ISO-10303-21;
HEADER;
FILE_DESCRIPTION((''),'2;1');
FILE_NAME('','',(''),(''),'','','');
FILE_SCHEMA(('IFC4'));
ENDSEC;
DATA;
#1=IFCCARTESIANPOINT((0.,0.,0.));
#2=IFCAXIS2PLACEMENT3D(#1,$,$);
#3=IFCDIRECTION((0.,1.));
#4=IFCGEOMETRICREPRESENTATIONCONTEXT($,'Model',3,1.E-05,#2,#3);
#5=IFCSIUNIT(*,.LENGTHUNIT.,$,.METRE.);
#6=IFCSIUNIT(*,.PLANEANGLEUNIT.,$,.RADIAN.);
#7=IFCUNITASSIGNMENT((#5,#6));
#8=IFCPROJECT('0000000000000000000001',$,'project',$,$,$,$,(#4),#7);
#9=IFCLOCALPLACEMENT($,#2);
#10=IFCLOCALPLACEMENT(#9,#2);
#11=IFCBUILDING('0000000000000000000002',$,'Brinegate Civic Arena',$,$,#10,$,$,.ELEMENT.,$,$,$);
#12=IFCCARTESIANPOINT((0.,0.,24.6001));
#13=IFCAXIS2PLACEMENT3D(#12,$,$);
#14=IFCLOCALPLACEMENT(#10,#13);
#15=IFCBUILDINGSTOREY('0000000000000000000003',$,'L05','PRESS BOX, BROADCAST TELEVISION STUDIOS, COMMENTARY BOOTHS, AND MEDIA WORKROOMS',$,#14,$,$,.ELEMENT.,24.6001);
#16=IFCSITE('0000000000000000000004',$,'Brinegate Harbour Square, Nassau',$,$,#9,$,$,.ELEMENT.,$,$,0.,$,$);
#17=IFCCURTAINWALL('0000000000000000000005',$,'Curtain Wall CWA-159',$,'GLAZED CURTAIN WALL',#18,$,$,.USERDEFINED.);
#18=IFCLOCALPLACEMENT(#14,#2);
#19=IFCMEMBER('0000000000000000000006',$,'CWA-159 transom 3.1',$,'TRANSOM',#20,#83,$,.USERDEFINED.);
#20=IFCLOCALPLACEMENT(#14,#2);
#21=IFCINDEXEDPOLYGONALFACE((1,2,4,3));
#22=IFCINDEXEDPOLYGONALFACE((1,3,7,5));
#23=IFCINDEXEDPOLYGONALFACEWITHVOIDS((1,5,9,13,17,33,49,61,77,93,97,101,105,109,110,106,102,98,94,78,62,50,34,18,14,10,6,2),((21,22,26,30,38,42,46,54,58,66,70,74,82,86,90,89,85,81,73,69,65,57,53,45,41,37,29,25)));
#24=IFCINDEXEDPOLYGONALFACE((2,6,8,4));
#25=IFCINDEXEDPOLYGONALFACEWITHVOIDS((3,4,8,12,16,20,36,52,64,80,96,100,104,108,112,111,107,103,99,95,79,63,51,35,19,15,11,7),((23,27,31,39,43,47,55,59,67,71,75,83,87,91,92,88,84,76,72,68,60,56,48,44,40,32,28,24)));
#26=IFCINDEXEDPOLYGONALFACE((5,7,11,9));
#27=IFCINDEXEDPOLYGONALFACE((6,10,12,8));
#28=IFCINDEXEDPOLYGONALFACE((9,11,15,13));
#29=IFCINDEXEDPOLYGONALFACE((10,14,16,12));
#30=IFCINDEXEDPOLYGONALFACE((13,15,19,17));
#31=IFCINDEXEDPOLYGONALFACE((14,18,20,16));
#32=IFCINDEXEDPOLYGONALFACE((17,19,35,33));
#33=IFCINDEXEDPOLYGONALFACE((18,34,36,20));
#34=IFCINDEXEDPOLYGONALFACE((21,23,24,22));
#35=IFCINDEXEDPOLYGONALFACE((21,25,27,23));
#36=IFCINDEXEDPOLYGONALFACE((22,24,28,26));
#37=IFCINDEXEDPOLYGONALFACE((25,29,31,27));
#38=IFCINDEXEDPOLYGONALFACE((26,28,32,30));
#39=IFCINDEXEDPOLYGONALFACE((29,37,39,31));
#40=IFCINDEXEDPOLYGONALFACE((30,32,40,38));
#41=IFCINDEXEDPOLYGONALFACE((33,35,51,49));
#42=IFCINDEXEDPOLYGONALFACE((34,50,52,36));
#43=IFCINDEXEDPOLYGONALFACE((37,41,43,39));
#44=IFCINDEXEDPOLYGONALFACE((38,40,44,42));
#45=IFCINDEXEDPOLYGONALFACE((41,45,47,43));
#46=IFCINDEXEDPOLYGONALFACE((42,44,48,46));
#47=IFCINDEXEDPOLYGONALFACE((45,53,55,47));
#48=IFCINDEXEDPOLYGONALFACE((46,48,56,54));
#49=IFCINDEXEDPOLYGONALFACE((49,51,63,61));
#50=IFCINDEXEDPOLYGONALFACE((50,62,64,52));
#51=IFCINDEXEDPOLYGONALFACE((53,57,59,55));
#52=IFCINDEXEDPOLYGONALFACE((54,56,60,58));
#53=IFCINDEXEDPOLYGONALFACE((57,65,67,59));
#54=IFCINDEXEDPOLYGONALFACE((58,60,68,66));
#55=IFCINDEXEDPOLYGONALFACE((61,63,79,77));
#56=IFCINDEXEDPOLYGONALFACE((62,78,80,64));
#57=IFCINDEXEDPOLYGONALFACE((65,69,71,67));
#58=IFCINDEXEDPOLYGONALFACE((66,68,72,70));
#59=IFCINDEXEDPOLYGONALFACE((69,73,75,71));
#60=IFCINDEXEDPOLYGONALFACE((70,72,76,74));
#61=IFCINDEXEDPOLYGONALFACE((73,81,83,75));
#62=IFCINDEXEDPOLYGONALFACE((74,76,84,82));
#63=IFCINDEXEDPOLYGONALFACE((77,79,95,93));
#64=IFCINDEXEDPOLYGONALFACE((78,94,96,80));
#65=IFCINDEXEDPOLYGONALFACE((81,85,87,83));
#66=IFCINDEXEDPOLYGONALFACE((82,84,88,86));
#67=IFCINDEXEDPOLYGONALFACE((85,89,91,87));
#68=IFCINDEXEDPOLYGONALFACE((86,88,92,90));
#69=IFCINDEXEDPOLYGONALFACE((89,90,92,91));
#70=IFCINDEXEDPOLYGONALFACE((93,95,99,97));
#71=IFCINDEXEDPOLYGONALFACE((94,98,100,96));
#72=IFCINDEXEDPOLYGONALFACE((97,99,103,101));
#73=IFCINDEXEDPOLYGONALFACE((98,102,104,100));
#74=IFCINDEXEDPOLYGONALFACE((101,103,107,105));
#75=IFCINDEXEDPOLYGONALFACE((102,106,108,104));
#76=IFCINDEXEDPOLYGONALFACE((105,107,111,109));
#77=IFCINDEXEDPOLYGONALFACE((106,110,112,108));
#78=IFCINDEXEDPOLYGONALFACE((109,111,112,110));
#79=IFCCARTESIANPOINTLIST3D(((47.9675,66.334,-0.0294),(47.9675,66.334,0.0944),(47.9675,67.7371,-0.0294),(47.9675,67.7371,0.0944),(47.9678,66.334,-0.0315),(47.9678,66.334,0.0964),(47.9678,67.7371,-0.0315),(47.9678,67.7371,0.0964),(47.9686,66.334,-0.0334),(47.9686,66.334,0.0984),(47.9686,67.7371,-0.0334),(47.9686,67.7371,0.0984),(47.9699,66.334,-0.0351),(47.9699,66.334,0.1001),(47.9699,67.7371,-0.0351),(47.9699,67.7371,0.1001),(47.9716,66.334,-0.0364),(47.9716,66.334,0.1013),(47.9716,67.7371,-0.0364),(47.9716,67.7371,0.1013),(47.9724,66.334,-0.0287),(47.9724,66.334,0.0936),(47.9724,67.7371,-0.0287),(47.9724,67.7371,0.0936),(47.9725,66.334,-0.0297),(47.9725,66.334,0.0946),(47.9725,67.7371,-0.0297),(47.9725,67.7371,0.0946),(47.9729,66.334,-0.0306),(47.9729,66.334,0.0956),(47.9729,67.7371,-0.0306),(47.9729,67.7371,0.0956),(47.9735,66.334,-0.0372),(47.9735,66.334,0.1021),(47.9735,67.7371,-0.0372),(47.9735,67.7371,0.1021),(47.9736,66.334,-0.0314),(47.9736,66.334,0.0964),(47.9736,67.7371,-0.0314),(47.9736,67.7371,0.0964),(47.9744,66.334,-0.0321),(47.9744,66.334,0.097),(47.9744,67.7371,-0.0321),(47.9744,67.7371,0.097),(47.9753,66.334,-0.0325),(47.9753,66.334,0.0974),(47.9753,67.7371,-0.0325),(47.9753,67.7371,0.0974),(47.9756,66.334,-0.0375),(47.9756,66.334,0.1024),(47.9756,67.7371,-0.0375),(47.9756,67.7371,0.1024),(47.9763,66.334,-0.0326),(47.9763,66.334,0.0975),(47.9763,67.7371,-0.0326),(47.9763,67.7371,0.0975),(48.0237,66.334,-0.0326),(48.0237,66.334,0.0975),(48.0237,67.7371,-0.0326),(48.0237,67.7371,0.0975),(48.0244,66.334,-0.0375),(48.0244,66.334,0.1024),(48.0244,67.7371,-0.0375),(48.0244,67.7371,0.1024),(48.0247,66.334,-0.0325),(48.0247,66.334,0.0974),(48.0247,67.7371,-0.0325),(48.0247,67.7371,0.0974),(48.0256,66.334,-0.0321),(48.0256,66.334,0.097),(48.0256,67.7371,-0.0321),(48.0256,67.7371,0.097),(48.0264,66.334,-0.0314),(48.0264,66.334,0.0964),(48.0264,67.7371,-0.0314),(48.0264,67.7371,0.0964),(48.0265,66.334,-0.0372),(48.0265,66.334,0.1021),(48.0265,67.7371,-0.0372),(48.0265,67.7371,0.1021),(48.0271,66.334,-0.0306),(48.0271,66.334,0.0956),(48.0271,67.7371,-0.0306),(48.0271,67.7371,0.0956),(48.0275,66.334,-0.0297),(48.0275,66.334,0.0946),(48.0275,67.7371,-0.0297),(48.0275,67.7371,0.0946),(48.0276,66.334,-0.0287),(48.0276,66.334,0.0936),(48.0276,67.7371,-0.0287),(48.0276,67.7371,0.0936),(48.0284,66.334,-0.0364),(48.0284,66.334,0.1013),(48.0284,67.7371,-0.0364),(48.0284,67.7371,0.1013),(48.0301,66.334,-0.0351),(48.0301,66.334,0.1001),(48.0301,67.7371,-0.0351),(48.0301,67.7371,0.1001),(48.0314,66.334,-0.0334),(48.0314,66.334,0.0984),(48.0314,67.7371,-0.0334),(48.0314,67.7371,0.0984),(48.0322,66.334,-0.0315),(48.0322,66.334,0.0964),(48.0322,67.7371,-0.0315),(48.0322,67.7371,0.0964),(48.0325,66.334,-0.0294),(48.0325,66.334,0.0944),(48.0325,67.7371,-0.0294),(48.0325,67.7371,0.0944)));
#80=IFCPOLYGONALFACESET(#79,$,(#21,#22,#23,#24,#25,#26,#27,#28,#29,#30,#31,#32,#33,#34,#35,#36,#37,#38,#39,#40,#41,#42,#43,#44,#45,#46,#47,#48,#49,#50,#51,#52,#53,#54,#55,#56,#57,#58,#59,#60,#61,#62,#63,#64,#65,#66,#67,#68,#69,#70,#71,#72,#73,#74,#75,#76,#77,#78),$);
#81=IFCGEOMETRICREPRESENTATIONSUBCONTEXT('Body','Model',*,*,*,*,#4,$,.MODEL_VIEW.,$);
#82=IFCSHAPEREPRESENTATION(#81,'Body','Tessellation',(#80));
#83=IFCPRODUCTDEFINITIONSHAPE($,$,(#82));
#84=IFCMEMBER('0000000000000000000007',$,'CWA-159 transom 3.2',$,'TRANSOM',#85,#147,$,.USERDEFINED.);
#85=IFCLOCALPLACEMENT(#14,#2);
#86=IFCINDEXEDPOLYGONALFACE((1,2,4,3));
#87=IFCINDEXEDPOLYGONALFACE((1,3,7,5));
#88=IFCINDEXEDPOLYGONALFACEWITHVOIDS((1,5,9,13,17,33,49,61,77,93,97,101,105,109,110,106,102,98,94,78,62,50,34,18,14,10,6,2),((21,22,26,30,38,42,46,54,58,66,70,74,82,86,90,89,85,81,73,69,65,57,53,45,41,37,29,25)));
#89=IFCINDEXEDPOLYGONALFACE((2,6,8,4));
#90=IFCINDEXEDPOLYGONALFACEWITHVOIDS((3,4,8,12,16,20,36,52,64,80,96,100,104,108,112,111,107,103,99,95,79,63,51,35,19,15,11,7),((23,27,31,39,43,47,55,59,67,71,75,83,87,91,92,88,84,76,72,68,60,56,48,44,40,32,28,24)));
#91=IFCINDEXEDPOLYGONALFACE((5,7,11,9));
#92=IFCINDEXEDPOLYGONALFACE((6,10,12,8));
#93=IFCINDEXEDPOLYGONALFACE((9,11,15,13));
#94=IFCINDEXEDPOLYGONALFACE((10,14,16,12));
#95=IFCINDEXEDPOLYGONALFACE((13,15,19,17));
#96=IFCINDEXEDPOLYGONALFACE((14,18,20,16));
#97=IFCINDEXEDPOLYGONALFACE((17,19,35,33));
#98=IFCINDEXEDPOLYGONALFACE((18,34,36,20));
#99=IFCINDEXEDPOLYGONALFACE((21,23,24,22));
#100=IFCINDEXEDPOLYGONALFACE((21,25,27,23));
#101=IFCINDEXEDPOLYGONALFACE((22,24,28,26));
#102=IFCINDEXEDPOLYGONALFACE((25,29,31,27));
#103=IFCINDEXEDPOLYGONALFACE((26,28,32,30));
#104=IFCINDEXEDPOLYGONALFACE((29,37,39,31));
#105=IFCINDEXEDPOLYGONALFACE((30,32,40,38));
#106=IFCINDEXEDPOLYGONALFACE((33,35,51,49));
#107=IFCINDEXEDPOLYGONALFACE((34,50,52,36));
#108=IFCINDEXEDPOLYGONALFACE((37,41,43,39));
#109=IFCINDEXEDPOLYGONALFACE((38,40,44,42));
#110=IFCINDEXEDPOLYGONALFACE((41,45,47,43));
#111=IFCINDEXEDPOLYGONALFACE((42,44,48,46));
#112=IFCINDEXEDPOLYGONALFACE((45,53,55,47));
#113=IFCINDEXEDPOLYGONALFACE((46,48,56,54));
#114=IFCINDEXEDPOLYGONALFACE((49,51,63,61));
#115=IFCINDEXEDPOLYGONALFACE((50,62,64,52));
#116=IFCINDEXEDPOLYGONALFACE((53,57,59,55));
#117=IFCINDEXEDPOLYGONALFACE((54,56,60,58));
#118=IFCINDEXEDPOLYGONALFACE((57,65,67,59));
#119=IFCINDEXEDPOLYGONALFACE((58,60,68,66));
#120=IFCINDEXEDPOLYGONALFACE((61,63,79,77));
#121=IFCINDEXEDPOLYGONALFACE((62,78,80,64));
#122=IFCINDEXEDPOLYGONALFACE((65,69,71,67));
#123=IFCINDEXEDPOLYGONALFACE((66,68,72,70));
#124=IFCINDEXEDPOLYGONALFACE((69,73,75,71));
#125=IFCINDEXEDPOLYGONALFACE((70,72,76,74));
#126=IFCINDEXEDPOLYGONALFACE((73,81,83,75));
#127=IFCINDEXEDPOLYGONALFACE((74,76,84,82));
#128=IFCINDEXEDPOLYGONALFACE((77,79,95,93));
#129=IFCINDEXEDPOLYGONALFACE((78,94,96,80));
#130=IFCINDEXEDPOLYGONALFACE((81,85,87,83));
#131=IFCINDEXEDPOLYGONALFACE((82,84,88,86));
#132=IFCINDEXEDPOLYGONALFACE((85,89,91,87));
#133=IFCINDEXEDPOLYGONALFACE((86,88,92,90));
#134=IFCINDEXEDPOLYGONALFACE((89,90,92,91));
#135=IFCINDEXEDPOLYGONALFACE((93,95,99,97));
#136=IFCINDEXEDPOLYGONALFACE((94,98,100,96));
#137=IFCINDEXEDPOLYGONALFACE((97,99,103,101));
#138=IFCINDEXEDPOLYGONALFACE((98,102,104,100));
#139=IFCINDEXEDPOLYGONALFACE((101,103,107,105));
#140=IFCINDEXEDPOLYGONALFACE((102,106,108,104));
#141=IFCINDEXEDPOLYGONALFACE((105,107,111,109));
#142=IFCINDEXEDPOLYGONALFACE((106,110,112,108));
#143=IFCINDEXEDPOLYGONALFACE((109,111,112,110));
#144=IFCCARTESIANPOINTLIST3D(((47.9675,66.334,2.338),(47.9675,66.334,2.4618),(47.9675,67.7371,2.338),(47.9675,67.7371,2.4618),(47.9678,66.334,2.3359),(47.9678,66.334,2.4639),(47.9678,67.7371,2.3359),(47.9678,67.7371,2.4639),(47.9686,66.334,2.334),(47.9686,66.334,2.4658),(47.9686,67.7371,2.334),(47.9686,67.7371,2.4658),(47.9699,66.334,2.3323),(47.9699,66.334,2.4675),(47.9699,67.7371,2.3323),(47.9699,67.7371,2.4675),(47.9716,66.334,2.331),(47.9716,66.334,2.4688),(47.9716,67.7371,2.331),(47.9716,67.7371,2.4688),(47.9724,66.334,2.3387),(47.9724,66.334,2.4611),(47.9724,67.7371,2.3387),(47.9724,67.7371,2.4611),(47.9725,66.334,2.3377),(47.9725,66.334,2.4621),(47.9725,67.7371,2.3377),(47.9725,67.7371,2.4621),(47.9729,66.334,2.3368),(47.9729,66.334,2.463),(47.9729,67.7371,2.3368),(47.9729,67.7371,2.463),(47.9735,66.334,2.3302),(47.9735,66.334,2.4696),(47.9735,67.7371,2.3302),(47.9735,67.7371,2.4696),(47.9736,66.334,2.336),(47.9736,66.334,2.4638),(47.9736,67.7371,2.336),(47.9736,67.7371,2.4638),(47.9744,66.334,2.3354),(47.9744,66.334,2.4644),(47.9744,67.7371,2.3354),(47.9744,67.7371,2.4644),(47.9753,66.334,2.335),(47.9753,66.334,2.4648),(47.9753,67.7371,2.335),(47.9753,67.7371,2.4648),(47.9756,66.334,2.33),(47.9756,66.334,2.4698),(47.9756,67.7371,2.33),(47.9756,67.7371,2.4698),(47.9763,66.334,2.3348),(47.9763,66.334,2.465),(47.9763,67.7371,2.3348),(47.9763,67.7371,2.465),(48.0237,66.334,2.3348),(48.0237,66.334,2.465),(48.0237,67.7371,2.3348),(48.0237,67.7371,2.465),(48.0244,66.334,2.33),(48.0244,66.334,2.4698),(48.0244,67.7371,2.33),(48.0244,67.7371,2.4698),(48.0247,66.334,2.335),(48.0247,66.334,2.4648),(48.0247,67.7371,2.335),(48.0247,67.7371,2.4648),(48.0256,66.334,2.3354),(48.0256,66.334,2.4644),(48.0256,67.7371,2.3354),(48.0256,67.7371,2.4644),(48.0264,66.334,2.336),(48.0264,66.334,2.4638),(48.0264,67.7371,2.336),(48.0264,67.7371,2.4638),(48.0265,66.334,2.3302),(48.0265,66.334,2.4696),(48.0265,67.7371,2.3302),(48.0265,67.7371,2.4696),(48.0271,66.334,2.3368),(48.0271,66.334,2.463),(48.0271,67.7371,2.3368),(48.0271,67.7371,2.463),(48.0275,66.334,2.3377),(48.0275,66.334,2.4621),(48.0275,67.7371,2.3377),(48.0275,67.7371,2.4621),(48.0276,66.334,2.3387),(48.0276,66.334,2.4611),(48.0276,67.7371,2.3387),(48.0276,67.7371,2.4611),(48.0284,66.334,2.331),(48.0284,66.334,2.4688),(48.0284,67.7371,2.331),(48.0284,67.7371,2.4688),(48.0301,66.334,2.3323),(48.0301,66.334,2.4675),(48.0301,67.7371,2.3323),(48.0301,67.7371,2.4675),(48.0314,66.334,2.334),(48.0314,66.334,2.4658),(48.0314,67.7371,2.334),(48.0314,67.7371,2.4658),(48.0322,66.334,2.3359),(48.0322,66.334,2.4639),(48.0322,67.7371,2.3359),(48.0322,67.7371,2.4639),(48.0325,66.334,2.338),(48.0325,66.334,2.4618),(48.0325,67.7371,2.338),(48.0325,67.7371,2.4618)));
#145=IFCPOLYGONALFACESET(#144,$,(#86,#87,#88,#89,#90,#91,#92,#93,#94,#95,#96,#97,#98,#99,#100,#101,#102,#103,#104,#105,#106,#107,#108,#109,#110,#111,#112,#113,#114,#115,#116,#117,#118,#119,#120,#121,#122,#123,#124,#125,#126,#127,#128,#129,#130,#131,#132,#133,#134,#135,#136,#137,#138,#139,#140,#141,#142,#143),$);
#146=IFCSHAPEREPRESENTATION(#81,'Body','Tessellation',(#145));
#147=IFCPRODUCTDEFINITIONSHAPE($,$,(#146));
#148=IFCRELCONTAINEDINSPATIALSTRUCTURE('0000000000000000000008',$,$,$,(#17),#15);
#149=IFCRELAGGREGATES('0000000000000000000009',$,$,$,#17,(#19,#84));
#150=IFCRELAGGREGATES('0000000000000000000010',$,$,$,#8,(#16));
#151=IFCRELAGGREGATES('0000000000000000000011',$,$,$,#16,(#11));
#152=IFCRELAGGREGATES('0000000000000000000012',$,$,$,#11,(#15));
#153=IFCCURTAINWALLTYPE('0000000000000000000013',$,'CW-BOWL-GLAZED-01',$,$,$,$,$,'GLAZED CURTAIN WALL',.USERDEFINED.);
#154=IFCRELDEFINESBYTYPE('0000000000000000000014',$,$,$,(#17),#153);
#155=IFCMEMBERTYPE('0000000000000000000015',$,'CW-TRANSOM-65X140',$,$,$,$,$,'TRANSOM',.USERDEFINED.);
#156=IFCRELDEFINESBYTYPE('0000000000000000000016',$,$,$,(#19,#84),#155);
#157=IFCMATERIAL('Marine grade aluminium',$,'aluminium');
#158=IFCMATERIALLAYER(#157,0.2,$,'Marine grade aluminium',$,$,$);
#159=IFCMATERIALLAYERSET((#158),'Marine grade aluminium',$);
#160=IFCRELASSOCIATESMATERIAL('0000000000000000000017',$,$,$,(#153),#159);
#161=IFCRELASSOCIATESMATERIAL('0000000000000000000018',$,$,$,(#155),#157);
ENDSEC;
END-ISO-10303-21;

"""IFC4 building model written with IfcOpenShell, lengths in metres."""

from ifc_helpers import new_model, si_unit, direction, frame, origin, origin_2d, place, context, subcontext, project, spatial, hollow_rectangle, extrude, material, layer, layer_set, material_profile, profile_set, type_object, element, aggregate, save


model = new_model("IFC4")

# Units and contexts
model_context = context("Model", 3, precision=1e-05, world=origin(), true_north=direction((0.0, 1.0)))
body_context = subcontext(model_context, "Body", "Model", "MODEL_VIEW")
ifc_project = project(units=[si_unit("LENGTHUNIT", "METRE"), si_unit("PLANEANGLEUNIT", "RADIAN")], contexts=[model_context])

# Site, building, storey
site_placement = place(None, origin())
site = spatial("IfcSite", under=ifc_project, at=site_placement, Name="Brinegate Harbour Square, Nassau", CompositionType="ELEMENT", RefElevation=0.0)
building_placement = place(site_placement, origin())
building = spatial("IfcBuilding", under=site, at=building_placement, Name="Brinegate Civic Arena", CompositionType="ELEMENT")
storey_placement = place(building_placement, frame((0.0, 0.0, 24.6001)))
storey = spatial("IfcBuildingStorey", under=building, at=storey_placement, Name="L05", Description="PRESS BOX, BROADCAST TELEVISION STUDIOS, COMMENTARY BOOTHS, AND MEDIA WORKROOMS", CompositionType="ELEMENT", Elevation=24.6001)

# Shared definitions
ifc_material_1 = material(Name="Marine grade aluminium", Category="aluminium")
ifc_layer_1 = layer(ifc_material_1, 0.2, Name="Marine grade aluminium")
ifc_layer_set_1 = layer_set([ifc_layer_1], Name="Marine grade aluminium")
curtain_wall_type = type_object("IfcCurtainWallType", Name="CW-BOWL-GLAZED-01", ElementType="GLAZED CURTAIN WALL", PredefinedType="USERDEFINED", material=ifc_layer_set_1)

# Curtain wall, members
curtain_wall_1_placement = place(storey_placement, origin())
curtain_wall_1 = element("IfcCurtainWall", 1, at=curtain_wall_1_placement, inside=storey, type_object=curtain_wall_type, Name="Curtain Wall CWA-159", ObjectType="GLAZED CURTAIN WALL", PredefinedType="USERDEFINED")
ifc_material_profile_1 = material_profile(ifc_material_1, hollow_rectangle(XDim=0.0649, YDim=0.1399, WallThickness=0.0049, InnerFilletRadius=0.0039, OuterFilletRadius=0.0081, at=origin_2d()), Name="TRN65X140")
ifc_profile_set_1 = profile_set([ifc_material_profile_1], Name="Marine grade aluminium")
member_type_1 = type_object("IfcMemberType", Name="CW-TRANSOM-65X140", ElementType="TRANSOM", PredefinedType="USERDEFINED", material=ifc_profile_set_1)
member_1_placement = place(storey_placement, frame((48.0, 66.334, 0.0325), z_axis=(0.0, 1.0, 0.0), x_axis=(-1.0, 0.0, 0.0)))
member_1 = element("IfcMember", 2, at=member_1_placement, type_object=member_type_1, Name="CWA-159 transom 3.1", ObjectType="TRANSOM", PredefinedType="USERDEFINED", context=body_context, shape_type="SweptSolid", body=[
    extrude(hollow_rectangle(XDim=0.0649, YDim=0.1399, WallThickness=0.0049, InnerFilletRadius=0.0039, OuterFilletRadius=0.0081, at=origin_2d()), origin(), (0.0, 0.0, 1.0), 1.4031),
])
member_2_placement = place(storey_placement, frame((48.0, 66.334, 2.3999), z_axis=(0.0, 1.0, 0.0), x_axis=(-1.0, 0.0, 0.0)))
member_2 = element("IfcMember", 3, at=member_2_placement, type_object=member_type_1, Name="CWA-159 transom 3.2", ObjectType="TRANSOM", PredefinedType="USERDEFINED", context=body_context, shape_type="SweptSolid", body=[
    extrude(hollow_rectangle(XDim=0.0649, YDim=0.1399, WallThickness=0.0049, InnerFilletRadius=0.0039, OuterFilletRadius=0.0081, at=origin_2d()), origin(), (0.0, 0.0, 1.0), 1.4031),
])

aggregate(curtain_wall_1, [member_1, member_2])

save(model, "model.ifc")
